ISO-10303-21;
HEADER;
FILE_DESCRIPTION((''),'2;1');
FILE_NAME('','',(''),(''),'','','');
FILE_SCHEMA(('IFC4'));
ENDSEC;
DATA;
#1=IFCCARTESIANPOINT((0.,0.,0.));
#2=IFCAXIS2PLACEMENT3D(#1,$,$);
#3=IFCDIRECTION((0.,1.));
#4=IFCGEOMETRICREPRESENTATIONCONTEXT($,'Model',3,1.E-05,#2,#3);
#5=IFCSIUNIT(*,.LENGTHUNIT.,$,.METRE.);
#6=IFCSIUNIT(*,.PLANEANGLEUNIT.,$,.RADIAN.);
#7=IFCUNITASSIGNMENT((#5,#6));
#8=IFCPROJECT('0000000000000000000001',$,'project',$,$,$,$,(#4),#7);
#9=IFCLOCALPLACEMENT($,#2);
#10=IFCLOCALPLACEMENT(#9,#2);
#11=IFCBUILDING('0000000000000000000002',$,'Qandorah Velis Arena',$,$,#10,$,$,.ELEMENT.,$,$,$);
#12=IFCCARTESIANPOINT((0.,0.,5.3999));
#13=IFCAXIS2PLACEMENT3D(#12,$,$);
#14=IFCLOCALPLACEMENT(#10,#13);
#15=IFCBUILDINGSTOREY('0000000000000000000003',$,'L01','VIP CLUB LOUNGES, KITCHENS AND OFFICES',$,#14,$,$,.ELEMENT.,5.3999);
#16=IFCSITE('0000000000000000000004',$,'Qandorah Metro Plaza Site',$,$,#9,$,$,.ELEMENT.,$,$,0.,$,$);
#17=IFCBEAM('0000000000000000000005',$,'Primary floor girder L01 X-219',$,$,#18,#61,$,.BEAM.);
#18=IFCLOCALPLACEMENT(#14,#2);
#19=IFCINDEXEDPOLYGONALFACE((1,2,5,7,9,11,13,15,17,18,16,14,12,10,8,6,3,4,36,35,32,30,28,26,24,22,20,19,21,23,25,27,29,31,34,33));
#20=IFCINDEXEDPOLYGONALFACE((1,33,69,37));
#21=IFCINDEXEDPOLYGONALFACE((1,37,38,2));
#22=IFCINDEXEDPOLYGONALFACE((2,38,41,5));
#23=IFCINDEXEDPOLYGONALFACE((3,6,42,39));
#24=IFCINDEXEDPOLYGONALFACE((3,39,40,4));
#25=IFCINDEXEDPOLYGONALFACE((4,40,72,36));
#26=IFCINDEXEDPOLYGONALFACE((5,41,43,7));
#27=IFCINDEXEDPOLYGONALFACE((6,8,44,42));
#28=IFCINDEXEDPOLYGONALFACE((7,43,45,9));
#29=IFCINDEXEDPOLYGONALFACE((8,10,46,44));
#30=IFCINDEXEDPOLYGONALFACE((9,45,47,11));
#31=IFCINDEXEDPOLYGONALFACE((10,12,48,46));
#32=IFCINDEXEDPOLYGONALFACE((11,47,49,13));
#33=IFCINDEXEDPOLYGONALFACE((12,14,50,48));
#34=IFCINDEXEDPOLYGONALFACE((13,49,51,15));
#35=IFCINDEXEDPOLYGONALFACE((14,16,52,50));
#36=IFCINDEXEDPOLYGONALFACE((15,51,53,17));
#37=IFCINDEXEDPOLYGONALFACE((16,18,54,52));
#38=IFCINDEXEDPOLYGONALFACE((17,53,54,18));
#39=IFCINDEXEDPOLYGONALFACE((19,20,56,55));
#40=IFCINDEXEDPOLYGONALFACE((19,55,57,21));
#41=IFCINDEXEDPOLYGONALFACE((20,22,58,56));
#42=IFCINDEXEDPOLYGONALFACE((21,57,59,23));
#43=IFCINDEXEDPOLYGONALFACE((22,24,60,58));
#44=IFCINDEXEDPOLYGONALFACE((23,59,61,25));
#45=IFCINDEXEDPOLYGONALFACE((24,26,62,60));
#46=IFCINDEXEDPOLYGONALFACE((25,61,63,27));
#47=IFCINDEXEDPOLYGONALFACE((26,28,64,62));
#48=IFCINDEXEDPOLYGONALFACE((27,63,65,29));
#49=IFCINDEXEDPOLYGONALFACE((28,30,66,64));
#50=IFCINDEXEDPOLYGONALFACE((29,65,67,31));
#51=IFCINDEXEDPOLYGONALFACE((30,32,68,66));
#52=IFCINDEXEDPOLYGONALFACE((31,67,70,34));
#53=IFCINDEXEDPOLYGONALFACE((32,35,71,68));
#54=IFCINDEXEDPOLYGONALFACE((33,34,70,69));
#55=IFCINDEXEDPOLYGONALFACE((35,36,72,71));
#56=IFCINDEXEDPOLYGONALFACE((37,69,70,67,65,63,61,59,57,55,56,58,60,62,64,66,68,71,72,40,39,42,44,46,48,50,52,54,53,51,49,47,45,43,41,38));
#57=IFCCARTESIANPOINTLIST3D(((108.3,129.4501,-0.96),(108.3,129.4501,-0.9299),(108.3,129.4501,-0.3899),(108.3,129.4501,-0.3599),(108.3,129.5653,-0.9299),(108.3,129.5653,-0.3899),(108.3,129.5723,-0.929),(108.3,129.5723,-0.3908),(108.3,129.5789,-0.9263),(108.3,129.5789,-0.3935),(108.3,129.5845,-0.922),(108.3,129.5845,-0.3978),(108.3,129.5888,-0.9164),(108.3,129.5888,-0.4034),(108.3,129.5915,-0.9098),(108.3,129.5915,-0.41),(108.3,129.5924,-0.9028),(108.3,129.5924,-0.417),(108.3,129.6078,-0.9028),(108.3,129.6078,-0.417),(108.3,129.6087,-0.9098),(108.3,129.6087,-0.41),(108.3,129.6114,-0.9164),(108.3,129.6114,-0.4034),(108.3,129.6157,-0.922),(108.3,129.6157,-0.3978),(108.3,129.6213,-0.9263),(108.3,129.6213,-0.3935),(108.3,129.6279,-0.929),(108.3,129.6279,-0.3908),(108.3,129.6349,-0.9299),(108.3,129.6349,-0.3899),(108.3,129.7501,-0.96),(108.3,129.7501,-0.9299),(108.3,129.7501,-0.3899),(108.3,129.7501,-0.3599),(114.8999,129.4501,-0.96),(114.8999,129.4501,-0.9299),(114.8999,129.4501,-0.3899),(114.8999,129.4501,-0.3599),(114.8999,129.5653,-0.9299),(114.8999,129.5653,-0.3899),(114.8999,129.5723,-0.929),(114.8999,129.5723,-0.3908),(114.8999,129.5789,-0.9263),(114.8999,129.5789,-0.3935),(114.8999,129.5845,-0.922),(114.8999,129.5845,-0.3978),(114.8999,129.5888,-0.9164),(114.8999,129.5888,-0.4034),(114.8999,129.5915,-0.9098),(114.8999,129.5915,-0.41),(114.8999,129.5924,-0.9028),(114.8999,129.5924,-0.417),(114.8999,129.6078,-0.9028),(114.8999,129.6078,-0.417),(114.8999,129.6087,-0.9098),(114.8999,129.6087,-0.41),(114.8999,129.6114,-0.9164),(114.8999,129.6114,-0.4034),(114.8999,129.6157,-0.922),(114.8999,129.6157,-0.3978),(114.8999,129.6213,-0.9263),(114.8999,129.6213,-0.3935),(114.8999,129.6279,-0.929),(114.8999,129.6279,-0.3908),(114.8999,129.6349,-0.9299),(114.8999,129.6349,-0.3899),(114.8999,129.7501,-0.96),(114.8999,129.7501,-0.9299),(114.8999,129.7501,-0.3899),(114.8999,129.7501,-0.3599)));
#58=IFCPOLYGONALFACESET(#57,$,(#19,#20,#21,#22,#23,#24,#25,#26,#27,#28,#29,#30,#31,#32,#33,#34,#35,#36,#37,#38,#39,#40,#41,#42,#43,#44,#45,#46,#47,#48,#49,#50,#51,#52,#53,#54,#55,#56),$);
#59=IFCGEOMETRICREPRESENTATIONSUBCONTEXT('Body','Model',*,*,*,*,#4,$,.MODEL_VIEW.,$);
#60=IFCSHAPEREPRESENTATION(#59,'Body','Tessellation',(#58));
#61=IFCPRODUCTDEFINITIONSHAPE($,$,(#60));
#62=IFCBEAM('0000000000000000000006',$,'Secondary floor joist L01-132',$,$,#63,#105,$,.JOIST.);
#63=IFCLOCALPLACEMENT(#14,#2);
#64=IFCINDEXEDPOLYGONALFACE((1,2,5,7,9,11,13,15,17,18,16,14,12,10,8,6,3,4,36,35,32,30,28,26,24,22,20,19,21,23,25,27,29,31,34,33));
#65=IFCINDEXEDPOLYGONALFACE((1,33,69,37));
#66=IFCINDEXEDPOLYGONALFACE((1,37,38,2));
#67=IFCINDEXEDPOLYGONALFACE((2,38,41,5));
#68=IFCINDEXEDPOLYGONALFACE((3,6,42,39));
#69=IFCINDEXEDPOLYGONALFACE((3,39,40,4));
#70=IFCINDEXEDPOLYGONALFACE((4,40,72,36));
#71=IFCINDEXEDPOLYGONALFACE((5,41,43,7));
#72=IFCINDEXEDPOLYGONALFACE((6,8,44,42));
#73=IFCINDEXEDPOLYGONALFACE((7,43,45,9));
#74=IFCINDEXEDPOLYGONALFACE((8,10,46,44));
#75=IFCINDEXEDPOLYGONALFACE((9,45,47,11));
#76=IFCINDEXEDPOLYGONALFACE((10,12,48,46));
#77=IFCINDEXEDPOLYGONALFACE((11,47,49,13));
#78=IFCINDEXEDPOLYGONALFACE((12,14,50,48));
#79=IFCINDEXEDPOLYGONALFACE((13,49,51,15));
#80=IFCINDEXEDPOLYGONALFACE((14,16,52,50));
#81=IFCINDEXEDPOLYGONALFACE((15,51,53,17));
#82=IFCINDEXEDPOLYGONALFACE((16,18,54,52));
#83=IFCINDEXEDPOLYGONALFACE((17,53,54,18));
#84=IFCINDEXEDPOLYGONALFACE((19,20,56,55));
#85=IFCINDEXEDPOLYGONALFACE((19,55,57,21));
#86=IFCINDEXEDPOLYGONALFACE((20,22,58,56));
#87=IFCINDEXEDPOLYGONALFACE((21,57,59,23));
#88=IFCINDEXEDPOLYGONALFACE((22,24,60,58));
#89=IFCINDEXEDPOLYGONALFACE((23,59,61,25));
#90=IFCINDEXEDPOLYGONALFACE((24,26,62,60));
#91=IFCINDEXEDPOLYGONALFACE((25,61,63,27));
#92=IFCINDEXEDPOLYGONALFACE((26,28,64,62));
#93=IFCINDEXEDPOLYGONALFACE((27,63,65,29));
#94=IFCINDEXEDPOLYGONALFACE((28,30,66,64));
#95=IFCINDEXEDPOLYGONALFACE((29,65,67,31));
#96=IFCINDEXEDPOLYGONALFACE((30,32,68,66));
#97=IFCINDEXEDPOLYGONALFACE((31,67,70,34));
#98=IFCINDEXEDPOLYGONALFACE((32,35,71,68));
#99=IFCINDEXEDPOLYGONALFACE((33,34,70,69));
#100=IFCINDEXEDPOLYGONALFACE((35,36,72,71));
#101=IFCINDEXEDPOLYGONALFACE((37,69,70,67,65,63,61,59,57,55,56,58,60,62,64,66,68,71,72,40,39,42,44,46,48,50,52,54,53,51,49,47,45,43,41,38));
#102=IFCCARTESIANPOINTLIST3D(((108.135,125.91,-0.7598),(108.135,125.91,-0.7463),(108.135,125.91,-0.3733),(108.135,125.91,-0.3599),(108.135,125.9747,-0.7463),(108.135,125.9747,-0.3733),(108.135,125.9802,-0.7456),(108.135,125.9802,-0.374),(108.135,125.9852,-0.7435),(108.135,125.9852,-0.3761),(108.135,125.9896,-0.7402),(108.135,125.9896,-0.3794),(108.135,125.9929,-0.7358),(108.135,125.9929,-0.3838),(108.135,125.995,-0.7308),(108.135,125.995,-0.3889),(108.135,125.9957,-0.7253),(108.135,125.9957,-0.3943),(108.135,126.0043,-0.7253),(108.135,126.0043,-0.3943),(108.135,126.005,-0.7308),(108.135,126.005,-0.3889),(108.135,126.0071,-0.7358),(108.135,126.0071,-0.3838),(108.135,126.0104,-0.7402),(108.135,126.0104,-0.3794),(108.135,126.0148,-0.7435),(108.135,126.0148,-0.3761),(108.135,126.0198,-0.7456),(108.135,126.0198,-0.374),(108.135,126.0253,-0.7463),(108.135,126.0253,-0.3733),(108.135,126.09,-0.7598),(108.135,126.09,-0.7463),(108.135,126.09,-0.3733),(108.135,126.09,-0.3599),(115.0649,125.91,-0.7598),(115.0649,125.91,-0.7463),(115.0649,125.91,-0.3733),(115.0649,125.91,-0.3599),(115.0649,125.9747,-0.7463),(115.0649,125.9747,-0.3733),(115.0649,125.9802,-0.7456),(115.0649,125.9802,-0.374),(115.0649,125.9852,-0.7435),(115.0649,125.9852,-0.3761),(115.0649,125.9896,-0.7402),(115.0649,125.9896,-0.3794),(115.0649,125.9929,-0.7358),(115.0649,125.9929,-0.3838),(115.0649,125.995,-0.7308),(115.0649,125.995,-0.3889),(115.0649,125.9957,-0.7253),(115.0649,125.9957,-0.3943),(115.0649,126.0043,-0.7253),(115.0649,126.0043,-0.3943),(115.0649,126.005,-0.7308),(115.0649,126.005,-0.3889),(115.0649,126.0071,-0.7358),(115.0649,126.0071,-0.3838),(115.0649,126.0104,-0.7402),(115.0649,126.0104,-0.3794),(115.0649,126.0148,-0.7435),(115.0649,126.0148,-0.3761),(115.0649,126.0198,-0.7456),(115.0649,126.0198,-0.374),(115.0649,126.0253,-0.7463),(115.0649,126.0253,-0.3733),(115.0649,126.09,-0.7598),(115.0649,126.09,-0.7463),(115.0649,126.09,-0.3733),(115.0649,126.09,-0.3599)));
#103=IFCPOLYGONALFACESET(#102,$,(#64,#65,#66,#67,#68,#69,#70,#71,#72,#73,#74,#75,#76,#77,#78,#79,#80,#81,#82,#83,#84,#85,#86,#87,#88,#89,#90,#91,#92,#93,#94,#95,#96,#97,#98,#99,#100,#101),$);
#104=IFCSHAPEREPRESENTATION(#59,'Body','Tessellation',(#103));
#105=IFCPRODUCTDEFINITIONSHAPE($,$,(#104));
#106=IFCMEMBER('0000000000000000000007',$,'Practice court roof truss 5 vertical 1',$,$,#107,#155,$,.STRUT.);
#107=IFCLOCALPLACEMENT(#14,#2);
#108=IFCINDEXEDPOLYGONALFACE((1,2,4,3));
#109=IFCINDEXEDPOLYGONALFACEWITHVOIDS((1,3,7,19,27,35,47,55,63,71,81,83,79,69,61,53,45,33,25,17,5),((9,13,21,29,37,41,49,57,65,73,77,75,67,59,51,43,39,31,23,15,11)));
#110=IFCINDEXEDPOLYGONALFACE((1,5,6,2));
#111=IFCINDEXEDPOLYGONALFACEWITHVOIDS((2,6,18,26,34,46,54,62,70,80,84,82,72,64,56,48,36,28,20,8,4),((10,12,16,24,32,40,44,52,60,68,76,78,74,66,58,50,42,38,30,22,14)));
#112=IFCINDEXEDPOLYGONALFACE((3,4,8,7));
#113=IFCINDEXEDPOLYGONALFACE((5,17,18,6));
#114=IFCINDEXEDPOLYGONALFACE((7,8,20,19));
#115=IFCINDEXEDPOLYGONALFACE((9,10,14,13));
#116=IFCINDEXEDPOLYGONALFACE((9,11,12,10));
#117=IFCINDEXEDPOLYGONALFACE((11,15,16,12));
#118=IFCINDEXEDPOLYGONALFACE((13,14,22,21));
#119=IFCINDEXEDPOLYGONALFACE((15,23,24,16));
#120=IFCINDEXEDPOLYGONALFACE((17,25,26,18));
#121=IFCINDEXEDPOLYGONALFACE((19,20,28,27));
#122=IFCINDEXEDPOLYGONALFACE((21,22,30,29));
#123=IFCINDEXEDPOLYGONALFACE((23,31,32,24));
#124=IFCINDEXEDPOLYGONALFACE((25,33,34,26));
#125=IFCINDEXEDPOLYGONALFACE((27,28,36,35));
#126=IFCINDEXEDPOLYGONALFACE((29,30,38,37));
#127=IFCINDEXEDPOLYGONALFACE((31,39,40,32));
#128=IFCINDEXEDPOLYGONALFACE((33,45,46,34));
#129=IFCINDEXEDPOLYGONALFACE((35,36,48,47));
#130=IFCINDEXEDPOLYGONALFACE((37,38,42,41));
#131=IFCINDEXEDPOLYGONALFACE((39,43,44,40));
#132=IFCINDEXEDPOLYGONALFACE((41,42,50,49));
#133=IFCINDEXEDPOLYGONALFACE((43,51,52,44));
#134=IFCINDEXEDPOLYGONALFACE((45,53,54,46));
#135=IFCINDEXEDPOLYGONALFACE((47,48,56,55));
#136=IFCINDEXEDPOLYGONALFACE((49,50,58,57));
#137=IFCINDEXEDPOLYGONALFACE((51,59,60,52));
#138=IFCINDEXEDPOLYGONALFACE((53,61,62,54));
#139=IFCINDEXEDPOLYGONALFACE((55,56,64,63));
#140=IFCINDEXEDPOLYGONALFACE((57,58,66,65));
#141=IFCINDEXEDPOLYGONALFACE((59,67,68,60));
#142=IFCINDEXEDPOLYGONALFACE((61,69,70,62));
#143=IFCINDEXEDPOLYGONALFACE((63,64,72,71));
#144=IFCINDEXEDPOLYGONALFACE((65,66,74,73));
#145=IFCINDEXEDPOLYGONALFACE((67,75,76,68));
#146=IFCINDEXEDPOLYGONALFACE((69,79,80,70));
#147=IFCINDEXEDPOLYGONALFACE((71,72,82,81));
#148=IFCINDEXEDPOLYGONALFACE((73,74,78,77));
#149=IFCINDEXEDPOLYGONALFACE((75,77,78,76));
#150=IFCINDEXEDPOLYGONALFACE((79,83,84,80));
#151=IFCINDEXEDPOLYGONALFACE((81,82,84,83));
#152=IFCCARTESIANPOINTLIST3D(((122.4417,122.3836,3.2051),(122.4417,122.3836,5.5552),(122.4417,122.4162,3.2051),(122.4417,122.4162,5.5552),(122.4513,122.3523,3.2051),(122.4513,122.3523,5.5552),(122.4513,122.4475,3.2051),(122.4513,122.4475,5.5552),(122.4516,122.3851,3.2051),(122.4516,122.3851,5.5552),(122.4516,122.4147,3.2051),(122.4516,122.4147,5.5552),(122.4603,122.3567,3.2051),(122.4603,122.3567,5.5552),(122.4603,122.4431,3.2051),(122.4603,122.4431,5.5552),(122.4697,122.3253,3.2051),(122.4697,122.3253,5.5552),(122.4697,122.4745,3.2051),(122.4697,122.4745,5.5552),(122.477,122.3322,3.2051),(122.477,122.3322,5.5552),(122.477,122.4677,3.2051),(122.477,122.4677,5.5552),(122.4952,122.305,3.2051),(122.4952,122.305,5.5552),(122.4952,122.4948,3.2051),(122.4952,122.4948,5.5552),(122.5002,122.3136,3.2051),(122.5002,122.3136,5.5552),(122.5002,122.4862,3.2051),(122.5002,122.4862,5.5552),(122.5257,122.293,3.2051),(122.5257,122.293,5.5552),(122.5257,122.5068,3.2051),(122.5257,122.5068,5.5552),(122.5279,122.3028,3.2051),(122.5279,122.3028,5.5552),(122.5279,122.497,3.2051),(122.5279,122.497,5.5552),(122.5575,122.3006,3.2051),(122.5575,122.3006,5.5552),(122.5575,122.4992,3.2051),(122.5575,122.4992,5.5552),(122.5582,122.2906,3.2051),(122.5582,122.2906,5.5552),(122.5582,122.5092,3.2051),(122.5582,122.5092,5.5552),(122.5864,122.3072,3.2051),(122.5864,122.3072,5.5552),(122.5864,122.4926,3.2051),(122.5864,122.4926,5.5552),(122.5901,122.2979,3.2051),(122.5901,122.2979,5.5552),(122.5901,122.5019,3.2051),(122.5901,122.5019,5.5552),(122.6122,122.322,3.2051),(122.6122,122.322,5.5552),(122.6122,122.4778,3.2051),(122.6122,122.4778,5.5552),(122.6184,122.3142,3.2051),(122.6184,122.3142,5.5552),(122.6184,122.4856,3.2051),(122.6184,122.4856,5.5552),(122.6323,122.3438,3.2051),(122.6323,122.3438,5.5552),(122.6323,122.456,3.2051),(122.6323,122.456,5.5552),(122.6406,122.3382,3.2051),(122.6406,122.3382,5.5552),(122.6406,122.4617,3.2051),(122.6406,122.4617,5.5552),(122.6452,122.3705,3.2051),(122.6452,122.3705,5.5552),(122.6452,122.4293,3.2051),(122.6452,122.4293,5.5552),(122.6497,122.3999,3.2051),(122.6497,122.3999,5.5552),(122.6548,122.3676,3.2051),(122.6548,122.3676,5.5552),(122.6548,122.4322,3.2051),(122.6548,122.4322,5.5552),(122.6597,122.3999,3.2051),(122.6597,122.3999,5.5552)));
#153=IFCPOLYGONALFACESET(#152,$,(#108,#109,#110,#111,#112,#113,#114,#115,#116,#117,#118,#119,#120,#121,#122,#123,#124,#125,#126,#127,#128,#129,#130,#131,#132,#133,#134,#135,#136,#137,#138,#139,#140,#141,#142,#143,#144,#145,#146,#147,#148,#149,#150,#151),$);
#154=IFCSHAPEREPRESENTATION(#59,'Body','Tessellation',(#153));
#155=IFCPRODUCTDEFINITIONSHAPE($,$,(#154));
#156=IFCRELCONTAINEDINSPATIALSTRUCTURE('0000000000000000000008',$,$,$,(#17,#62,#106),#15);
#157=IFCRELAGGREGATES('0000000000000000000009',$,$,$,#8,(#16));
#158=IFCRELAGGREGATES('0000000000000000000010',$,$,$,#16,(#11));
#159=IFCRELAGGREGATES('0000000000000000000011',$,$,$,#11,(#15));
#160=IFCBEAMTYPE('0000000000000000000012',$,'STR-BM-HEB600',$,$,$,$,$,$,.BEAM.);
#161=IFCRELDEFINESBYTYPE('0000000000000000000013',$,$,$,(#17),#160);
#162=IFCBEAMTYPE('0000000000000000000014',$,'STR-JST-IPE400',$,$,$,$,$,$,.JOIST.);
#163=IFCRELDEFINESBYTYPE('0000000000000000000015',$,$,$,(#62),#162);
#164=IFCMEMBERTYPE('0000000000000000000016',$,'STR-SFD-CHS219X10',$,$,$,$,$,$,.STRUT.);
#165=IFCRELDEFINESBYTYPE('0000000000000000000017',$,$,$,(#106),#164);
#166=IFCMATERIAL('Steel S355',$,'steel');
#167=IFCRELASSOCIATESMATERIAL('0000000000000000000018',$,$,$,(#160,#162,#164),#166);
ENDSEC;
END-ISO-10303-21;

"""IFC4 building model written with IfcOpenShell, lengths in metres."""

from ifc_helpers import new_model, si_unit, direction, frame, origin, origin_2d, place, context, subcontext, project, spatial, hollow_circle, i_section, extrude, material, material_profile, profile_set, type_object, element, save


model = new_model("IFC4")

# Units and contexts
model_context = context("Model", 3, precision=1e-05, world=origin(), true_north=direction((0.0, 1.0)))
body_context = subcontext(model_context, "Body", "Model", "MODEL_VIEW")
ifc_project = project(units=[si_unit("LENGTHUNIT", "METRE"), si_unit("PLANEANGLEUNIT", "RADIAN")], contexts=[model_context])

# Site, building, storey
site_placement = place(None, origin())
site = spatial("IfcSite", under=ifc_project, at=site_placement, Name="Qandorah Metro Plaza Site", CompositionType="ELEMENT", RefElevation=0.0)
building_placement = place(site_placement, origin())
building = spatial("IfcBuilding", under=site, at=building_placement, Name="Qandorah Velis Arena", CompositionType="ELEMENT")
storey_placement = place(building_placement, frame((0.0, 0.0, 5.3999)))
storey = spatial("IfcBuildingStorey", under=building, at=storey_placement, Name="L01", Description="VIP CLUB LOUNGES, KITCHENS AND OFFICES", CompositionType="ELEMENT", Elevation=5.3999)

# Beams
ifc_material_1 = material(Name="Steel S355", Category="steel")
ifc_material_profile_1 = material_profile(ifc_material_1, i_section(OverallWidth=0.3, OverallDepth=0.6001, WebThickness=0.0154, FlangeThickness=0.03, FilletRadius=0.0271, at=origin_2d()), Name="HEB 600")
ifc_profile_set_1 = profile_set([ifc_material_profile_1], Name="Steel S355")
beam_type_1 = type_object("IfcBeamType", Name="STR-BM-HEB600", PredefinedType="BEAM", material=ifc_profile_set_1)
beam_1_placement = place(storey_placement, frame((108.3, 129.6001, -0.6599), z_axis=(1.0, 0.0, 0.0), x_axis=(0.0, 1.0, 0.0)))
element("IfcBeam", 1, at=beam_1_placement, inside=storey, type_object=beam_type_1, Name="Primary floor girder L01 X-219", PredefinedType="BEAM", context=body_context, shape_type="SweptSolid", body=[
    extrude(i_section(OverallWidth=0.3, OverallDepth=0.6001, WebThickness=0.0154, FlangeThickness=0.03, FilletRadius=0.0271, at=origin_2d()), origin(), (0.0, 0.0, 1.0), 6.5999),
])
ifc_material_profile_2 = material_profile(ifc_material_1, i_section(OverallWidth=0.1799, OverallDepth=0.3999, WebThickness=0.0085, FlangeThickness=0.0134, FilletRadius=0.021, at=origin_2d()), Name="IPE 400")
ifc_profile_set_2 = profile_set([ifc_material_profile_2], Name="Steel S355")
beam_type_2 = type_object("IfcBeamType", Name="STR-JST-IPE400", PredefinedType="JOIST", material=ifc_profile_set_2)
beam_2_placement = place(storey_placement, frame((108.135, 126.0, -0.5598), z_axis=(1.0, 0.0, 0.0), x_axis=(0.0, 1.0, 0.0)))
element("IfcBeam", 2, at=beam_2_placement, inside=storey, type_object=beam_type_2, Name="Secondary floor joist L01-132", PredefinedType="JOIST", context=body_context, shape_type="SweptSolid", body=[
    extrude(i_section(OverallWidth=0.1799, OverallDepth=0.3999, WebThickness=0.0085, FlangeThickness=0.0134, FilletRadius=0.021, at=origin_2d()), origin(), (0.0, 0.0, 1.0), 6.9299),
])

# Member
ifc_material_profile_3 = material_profile(ifc_material_1, hollow_circle(Radius=0.1096, WallThickness=0.01, at=origin_2d()), Name="CHS 219.1x10")
ifc_profile_set_3 = profile_set([ifc_material_profile_3], Name="Steel S355")
member_type_1 = type_object("IfcMemberType", Name="STR-SFD-CHS219X10", PredefinedType="STRUT", material=ifc_profile_set_3)
member_1_placement = place(storey_placement, frame((122.55, 122.3999, 3.2051), z_axis=(0.0, 0.0, 1.0), x_axis=(1.0, 0.0, 0.0)))
element("IfcMember", 3, at=member_1_placement, inside=storey, type_object=member_type_1, Name="Practice court roof truss 5 vertical 1", PredefinedType="STRUT", context=body_context, shape_type="SweptSolid", body=[
    extrude(hollow_circle(Radius=0.1096, WallThickness=0.01, at=origin_2d()), origin(), (0.0, 0.0, 1.0), 2.3501),
])

save(model, "model.ifc")
